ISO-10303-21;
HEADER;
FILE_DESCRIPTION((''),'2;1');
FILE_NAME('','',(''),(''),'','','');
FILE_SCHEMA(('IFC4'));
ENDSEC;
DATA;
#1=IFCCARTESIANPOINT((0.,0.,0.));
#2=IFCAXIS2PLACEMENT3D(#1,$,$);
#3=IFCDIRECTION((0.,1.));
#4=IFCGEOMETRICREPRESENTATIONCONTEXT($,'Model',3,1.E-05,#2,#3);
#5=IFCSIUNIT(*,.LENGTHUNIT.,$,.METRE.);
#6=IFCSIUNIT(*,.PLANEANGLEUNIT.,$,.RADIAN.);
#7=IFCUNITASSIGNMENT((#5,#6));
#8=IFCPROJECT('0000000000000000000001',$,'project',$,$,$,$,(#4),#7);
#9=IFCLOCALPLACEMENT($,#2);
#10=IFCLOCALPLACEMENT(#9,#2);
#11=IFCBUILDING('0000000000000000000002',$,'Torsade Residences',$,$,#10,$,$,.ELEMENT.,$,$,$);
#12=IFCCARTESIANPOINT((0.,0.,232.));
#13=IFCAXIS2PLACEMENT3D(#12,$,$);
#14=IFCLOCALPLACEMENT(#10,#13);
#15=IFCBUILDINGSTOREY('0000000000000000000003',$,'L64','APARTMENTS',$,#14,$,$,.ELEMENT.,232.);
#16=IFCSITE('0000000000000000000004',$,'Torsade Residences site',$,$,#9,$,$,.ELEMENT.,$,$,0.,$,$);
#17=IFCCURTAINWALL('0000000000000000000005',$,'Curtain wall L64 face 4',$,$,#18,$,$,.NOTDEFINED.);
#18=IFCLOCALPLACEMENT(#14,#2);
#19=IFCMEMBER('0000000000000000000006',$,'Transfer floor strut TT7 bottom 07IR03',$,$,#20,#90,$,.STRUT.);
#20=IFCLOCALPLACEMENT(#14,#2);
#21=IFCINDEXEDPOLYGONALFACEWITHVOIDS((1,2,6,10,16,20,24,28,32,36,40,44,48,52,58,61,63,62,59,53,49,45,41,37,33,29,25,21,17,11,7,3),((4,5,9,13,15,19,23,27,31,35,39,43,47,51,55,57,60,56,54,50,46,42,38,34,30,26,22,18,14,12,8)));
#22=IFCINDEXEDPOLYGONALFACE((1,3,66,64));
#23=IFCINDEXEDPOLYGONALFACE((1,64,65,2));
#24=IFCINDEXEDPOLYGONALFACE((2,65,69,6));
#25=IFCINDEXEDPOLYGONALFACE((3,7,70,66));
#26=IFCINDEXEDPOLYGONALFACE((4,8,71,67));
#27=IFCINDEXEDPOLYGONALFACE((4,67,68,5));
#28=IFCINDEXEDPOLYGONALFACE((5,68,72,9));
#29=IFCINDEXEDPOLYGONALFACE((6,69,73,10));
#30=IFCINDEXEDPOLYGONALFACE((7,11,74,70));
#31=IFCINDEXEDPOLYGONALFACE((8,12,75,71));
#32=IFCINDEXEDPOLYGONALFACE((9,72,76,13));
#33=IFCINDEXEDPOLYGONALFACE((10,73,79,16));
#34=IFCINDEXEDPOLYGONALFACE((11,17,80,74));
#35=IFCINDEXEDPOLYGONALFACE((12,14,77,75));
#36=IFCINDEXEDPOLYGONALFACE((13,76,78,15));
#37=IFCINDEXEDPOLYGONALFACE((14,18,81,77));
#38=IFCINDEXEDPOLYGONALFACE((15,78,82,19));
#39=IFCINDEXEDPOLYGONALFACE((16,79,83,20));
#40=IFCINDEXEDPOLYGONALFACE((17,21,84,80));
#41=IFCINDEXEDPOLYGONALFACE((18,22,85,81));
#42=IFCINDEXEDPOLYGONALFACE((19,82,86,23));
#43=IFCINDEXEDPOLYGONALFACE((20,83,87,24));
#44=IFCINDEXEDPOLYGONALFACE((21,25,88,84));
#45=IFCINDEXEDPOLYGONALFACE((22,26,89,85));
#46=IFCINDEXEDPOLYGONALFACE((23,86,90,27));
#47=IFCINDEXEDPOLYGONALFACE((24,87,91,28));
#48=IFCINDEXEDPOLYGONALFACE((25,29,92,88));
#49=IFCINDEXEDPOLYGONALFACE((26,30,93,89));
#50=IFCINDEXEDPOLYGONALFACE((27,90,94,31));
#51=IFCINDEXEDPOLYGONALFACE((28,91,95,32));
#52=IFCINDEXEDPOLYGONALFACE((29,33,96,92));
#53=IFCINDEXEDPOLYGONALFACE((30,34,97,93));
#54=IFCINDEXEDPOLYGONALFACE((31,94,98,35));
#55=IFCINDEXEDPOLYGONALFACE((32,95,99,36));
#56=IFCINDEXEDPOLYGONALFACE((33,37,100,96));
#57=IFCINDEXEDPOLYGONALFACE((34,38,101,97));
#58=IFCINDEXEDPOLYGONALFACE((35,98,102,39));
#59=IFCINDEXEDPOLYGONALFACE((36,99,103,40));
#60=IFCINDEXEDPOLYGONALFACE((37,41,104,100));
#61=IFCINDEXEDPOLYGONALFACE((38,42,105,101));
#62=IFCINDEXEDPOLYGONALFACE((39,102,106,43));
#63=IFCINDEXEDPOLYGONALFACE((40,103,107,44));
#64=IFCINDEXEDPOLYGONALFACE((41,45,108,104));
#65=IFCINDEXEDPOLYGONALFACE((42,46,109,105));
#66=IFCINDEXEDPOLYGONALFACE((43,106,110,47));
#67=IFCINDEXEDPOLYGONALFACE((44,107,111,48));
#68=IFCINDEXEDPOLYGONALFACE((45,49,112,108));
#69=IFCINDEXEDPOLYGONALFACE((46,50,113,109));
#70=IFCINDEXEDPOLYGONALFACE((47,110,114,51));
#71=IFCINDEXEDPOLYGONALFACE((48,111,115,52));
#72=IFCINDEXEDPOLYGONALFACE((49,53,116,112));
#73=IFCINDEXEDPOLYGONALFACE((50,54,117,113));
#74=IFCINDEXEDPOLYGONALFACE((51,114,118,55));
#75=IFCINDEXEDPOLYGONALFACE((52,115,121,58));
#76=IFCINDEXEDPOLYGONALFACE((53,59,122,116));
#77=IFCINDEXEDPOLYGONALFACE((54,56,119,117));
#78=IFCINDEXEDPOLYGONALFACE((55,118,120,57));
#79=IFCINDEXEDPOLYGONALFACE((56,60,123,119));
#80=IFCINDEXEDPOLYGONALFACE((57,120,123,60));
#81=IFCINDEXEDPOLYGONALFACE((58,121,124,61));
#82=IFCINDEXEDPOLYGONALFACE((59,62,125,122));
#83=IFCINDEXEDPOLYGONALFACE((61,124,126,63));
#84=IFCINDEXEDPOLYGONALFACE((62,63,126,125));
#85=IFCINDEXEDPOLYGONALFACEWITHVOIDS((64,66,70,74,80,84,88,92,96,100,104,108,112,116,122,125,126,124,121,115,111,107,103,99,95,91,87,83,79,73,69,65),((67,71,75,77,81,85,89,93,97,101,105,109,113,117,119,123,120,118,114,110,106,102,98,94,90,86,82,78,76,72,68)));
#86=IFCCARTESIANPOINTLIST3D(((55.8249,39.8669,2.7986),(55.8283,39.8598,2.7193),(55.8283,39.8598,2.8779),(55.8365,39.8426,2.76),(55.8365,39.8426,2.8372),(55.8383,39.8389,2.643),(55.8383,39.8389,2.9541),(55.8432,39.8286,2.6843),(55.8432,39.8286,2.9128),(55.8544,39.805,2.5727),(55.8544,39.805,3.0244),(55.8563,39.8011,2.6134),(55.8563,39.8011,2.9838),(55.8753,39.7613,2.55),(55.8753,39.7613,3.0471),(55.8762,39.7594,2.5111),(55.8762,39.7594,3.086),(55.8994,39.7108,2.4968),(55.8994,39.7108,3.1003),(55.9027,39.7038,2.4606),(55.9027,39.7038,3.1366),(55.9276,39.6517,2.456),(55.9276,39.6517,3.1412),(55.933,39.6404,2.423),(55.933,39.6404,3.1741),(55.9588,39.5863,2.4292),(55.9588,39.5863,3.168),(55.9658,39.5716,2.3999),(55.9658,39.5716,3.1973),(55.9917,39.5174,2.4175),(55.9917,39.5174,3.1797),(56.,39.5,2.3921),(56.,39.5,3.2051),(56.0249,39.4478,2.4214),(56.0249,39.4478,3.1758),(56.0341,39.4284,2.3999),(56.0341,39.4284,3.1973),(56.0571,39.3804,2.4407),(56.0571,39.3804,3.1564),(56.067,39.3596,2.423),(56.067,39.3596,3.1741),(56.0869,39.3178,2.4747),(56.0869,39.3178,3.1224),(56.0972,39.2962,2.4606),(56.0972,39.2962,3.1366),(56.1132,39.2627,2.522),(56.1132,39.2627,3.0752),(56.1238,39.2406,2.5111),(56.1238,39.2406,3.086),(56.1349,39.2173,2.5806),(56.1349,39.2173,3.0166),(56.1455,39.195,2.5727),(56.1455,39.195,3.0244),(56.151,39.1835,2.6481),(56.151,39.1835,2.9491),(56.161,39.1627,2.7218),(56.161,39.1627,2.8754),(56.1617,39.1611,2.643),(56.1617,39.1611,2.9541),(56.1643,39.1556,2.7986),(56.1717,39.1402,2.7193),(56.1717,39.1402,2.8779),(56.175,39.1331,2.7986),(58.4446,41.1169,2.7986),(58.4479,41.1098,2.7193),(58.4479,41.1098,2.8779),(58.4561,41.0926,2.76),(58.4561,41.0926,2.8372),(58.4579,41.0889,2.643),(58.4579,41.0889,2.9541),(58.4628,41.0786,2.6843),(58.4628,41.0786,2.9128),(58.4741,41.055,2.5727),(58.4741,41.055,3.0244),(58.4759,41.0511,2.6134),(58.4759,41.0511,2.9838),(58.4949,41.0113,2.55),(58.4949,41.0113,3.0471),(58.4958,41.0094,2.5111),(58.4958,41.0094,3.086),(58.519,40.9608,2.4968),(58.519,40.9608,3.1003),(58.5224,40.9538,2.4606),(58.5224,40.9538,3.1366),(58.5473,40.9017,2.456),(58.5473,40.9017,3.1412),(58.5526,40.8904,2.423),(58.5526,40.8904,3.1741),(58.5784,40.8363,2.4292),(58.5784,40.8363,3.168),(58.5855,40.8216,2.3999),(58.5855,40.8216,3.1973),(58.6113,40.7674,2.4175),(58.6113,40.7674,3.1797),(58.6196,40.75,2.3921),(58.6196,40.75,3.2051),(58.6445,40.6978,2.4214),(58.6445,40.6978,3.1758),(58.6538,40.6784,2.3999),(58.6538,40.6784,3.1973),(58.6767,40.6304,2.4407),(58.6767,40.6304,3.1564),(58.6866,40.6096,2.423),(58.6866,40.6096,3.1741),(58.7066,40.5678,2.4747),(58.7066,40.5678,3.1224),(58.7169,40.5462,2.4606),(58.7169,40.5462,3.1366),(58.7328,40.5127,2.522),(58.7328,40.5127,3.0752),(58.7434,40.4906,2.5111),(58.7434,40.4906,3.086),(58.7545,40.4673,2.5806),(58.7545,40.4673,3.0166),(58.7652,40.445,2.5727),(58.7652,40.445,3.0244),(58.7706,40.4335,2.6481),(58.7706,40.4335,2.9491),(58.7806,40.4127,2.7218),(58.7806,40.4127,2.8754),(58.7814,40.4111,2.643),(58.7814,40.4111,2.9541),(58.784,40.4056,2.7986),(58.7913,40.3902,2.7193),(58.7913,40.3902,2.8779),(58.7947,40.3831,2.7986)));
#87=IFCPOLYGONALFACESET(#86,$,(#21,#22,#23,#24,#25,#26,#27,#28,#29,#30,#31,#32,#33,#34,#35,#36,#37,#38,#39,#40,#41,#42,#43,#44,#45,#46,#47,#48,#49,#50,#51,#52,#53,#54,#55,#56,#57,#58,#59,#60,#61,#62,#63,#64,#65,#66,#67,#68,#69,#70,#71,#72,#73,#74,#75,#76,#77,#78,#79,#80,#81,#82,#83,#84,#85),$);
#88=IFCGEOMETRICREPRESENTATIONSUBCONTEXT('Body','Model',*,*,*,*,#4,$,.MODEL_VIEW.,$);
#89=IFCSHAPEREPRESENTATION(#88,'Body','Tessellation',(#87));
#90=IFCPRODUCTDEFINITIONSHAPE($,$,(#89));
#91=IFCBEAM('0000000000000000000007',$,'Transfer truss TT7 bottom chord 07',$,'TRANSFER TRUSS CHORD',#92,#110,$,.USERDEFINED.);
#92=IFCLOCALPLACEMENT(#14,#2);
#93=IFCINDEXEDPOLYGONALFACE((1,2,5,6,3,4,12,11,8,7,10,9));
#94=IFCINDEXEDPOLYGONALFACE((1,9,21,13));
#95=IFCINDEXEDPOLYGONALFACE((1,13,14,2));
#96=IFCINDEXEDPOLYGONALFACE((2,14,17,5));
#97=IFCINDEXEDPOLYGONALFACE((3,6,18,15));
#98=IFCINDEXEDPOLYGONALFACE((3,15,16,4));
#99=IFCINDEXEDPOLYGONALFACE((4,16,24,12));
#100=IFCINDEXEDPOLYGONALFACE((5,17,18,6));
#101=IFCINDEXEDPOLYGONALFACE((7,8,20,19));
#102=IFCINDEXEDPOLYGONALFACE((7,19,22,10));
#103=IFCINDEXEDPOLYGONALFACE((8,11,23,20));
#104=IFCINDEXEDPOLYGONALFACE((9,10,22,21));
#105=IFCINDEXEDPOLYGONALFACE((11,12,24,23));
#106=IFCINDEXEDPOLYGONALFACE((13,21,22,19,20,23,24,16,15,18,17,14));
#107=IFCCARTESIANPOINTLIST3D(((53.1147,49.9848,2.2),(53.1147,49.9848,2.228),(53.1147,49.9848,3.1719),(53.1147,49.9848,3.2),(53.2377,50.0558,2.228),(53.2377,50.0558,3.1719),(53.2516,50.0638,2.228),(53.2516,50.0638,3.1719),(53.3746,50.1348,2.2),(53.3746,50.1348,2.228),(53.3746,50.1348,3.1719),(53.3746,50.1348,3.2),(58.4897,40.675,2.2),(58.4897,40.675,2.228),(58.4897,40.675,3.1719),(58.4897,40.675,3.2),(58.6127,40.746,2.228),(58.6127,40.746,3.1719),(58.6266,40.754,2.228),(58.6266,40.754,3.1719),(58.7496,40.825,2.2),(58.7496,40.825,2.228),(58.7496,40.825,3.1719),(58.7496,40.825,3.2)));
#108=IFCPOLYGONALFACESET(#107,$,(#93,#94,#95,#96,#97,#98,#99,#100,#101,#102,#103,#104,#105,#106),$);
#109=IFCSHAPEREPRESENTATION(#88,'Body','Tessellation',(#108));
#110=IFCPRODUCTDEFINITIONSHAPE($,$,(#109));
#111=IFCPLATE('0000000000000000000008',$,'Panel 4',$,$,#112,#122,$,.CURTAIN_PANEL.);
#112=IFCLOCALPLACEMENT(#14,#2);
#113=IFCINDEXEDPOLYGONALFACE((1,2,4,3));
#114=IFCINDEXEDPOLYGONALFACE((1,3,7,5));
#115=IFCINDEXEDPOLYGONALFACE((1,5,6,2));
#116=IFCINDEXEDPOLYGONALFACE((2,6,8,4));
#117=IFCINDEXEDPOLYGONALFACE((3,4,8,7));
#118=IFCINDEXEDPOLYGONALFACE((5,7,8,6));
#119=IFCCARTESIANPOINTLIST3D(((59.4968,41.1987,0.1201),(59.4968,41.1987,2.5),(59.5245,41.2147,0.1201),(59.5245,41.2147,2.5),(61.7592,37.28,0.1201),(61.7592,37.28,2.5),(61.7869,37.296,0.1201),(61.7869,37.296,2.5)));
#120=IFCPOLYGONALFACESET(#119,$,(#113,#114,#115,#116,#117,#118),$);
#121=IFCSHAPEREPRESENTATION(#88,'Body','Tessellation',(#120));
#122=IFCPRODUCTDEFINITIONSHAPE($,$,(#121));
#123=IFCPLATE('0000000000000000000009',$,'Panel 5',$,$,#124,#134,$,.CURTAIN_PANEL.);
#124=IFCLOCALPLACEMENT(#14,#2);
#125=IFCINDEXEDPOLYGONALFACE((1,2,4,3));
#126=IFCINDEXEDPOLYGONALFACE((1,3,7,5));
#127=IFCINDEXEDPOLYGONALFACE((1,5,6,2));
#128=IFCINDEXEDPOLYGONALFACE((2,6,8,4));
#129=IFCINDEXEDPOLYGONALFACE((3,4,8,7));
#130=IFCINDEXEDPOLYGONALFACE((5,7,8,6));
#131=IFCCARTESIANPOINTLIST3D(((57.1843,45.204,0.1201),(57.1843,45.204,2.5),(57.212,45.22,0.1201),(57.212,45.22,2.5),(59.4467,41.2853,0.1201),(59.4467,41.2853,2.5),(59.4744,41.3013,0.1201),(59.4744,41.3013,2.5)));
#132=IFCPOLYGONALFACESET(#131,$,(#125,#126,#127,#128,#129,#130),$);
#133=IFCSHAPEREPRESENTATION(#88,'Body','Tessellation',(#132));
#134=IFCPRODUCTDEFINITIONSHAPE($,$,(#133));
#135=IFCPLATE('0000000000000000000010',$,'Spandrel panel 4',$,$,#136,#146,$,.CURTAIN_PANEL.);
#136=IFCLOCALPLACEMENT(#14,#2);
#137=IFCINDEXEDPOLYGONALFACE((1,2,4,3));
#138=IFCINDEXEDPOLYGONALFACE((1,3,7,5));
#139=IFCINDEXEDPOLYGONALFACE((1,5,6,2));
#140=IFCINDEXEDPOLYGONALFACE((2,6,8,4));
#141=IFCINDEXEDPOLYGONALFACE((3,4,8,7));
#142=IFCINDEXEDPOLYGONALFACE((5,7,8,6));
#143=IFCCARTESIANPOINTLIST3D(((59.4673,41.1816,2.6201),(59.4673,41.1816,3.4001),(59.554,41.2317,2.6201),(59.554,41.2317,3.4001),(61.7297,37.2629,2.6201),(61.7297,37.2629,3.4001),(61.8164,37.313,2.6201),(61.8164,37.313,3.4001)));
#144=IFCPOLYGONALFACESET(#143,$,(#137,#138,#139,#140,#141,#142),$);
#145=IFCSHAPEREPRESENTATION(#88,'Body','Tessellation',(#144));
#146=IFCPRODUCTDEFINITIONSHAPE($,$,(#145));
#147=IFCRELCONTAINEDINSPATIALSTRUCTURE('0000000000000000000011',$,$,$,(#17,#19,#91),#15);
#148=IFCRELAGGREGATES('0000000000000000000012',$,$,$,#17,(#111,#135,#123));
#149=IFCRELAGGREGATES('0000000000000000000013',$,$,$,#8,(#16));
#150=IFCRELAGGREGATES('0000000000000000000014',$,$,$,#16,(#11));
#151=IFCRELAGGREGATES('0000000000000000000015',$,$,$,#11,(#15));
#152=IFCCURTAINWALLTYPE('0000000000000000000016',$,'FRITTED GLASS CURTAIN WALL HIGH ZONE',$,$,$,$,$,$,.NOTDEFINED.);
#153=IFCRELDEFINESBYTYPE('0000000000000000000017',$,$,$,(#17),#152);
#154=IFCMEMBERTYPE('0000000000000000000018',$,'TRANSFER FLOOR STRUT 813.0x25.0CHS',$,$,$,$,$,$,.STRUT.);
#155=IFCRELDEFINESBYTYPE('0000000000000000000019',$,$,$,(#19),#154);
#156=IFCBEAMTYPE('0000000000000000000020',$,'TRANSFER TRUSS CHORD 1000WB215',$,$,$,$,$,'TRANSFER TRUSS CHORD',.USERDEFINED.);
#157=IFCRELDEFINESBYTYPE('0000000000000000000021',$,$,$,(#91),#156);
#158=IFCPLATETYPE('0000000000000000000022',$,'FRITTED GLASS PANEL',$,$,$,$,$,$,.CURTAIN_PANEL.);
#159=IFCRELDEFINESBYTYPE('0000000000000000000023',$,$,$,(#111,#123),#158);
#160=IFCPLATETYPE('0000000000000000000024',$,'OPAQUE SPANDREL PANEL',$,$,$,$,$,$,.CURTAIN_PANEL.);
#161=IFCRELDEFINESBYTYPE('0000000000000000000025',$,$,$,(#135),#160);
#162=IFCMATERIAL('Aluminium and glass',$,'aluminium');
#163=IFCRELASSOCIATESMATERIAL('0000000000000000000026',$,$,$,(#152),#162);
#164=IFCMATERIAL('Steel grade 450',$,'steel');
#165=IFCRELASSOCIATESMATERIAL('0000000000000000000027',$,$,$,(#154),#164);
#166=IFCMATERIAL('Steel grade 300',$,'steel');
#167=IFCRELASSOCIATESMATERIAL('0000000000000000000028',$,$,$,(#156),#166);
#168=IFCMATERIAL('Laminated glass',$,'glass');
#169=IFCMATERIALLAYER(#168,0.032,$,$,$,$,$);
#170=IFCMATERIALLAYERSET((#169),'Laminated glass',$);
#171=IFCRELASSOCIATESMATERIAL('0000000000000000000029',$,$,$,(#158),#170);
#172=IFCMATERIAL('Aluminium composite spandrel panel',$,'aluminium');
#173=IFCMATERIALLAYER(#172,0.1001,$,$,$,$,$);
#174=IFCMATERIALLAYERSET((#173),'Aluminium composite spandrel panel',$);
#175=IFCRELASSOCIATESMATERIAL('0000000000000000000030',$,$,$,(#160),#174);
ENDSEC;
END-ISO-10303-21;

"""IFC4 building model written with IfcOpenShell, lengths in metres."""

from ifc_helpers import new_model, si_unit, direction, frame, origin, origin_2d, place, context, subcontext, project, spatial, rectangle, hollow_circle, i_section, extrude, material, layer, layer_set, material_profile, profile_set, type_object, element, aggregate, save


model = new_model("IFC4")

# Units and contexts
model_context = context("Model", 3, precision=1e-05, world=origin(), true_north=direction((0.0, 1.0)))
body_context = subcontext(model_context, "Body", "Model", "MODEL_VIEW")
ifc_project = project(units=[si_unit("LENGTHUNIT", "METRE"), si_unit("PLANEANGLEUNIT", "RADIAN")], contexts=[model_context])

# Site, building, storey
site_placement = place(None, origin())
site = spatial("IfcSite", under=ifc_project, at=site_placement, Name="Torsade Residences site", CompositionType="ELEMENT", RefElevation=0.0)
building_placement = place(site_placement, origin())
building = spatial("IfcBuilding", under=site, at=building_placement, Name="Torsade Residences", CompositionType="ELEMENT")
storey_placement = place(building_placement, frame((0.0, 0.0, 232.0)))
storey = spatial("IfcBuildingStorey", under=building, at=storey_placement, Name="L64", Description="APARTMENTS", CompositionType="ELEMENT", Elevation=232.0)

# Curtain wall
ifc_material_1 = material(Name="Aluminium and glass", Category="aluminium")
curtain_wall_type = type_object("IfcCurtainWallType", Name="FRITTED GLASS CURTAIN WALL HIGH ZONE", PredefinedType="NOTDEFINED", material=ifc_material_1)
curtain_wall_placement = place(storey_placement, origin())
curtain_wall = element("IfcCurtainWall", 1, at=curtain_wall_placement, inside=storey, type_object=curtain_wall_type, Name="Curtain wall L64 face 4", PredefinedType="NOTDEFINED")

# Member
ifc_material_2 = material(Name="Steel grade 450", Category="steel")
ifc_material_profile_1 = material_profile(ifc_material_2, hollow_circle(Radius=0.4065, WallThickness=0.0249, at=origin_2d()), Name="813.0x25.0CHS")
ifc_profile_set_1 = profile_set([ifc_material_profile_1], Name="Steel grade 450")
member_type_1 = type_object("IfcMemberType", Name="TRANSFER FLOOR STRUT 813.0x25.0CHS", PredefinedType="STRUT", material=ifc_profile_set_1)
member_1_placement = place(storey_placement, frame((58.6196, 40.75, 2.7986), z_axis=(-0.902518, -0.430652, 0.0), x_axis=(0.430652, -0.902518, 0.0)))
element("IfcMember", 2, at=member_1_placement, inside=storey, type_object=member_type_1, Name="Transfer floor strut TT7 bottom 07IR03", PredefinedType="STRUT", context=body_context, shape_type="SweptSolid", body=[
    extrude(hollow_circle(Radius=0.4065, WallThickness=0.0249, at=origin_2d()), origin(), (0.0, 0.0, 1.0), 2.9026),
])

# Beam
ifc_material_3 = material(Name="Steel grade 300", Category="steel")
ifc_material_profile_2 = material_profile(ifc_material_3, i_section(OverallWidth=0.3, OverallDepth=1.0, WebThickness=0.0161, FlangeThickness=0.0281, at=origin_2d()), Name="1000WB215")
ifc_profile_set_2 = profile_set([ifc_material_profile_2], Name="Steel grade 300")
beam_type_1 = type_object("IfcBeamType", Name="TRANSFER TRUSS CHORD 1000WB215", ElementType="TRANSFER TRUSS CHORD", PredefinedType="USERDEFINED", material=ifc_profile_set_2)
beam_1_placement = place(storey_placement, frame((58.6196, 40.75, 2.7), z_axis=(-0.499998, 0.866026, 0.0), x_axis=(-0.866026, -0.499998, 0.0)))
element("IfcBeam", 3, at=beam_1_placement, inside=storey, type_object=beam_type_1, Name="Transfer truss TT7 bottom chord 07", ObjectType="TRANSFER TRUSS CHORD", PredefinedType="USERDEFINED", context=body_context, shape_type="SweptSolid", body=[
    extrude(i_section(OverallWidth=0.3, OverallDepth=1.0, WebThickness=0.0161, FlangeThickness=0.0281, at=origin_2d()), origin(), (0.0, 0.0, 1.0), 10.75),
])

# Plates
ifc_material_4 = material(Name="Laminated glass", Category="glass")
ifc_layer_1 = layer(ifc_material_4, 0.032)
ifc_layer_set_1 = layer_set([ifc_layer_1], Name="Laminated glass")
plate_type_1 = type_object("IfcPlateType", Name="FRITTED GLASS PANEL", PredefinedType="CURTAIN_PANEL", material=ifc_layer_set_1)
plate_1_placement = place(storey_placement, frame((60.6418, 39.2473, 0.1201), z_axis=(0.0, 0.0, 1.0), x_axis=(-0.5, 0.866025, 0.0)))
plate_1 = element("IfcPlate", 4, at=plate_1_placement, type_object=plate_type_1, Name="Panel 4", PredefinedType="CURTAIN_PANEL", context=body_context, shape_type="SweptSolid", body=[
    extrude(rectangle(XDim=4.5249, YDim=0.032, at=origin_2d()), origin(), (0.0, 0.0, 1.0), 2.3799),
])
plate_2_placement = place(storey_placement, frame((58.3293, 43.2527, 0.1201), z_axis=(0.0, 0.0, 1.0), x_axis=(-0.5, 0.866025, 0.0)))
plate_2 = element("IfcPlate", 5, at=plate_2_placement, type_object=plate_type_1, Name="Panel 5", PredefinedType="CURTAIN_PANEL", context=body_context, shape_type="SweptSolid", body=[
    extrude(rectangle(XDim=4.5249, YDim=0.032, at=origin_2d()), origin(), (0.0, 0.0, 1.0), 2.3799),
])
ifc_material_5 = material(Name="Aluminium composite spandrel panel", Category="aluminium")
ifc_layer_2 = layer(ifc_material_5, 0.1001)
ifc_layer_set_2 = layer_set([ifc_layer_2], Name="Aluminium composite spandrel panel")
plate_type_2 = type_object("IfcPlateType", Name="OPAQUE SPANDREL PANEL", PredefinedType="CURTAIN_PANEL", material=ifc_layer_set_2)
plate_3_placement = place(storey_placement, frame((60.6418, 39.2473, 2.6201), z_axis=(0.0, 0.0, 1.0), x_axis=(-0.5, 0.866025, 0.0)))
plate_3 = element("IfcPlate", 6, at=plate_3_placement, type_object=plate_type_2, Name="Spandrel panel 4", PredefinedType="CURTAIN_PANEL", context=body_context, shape_type="SweptSolid", body=[
    extrude(rectangle(XDim=4.5249, YDim=0.1001, at=origin_2d()), origin(), (0.0, 0.0, 1.0), 0.78),
])
aggregate(curtain_wall, [plate_1, plate_3, plate_2])

save(model, "model.ifc")
